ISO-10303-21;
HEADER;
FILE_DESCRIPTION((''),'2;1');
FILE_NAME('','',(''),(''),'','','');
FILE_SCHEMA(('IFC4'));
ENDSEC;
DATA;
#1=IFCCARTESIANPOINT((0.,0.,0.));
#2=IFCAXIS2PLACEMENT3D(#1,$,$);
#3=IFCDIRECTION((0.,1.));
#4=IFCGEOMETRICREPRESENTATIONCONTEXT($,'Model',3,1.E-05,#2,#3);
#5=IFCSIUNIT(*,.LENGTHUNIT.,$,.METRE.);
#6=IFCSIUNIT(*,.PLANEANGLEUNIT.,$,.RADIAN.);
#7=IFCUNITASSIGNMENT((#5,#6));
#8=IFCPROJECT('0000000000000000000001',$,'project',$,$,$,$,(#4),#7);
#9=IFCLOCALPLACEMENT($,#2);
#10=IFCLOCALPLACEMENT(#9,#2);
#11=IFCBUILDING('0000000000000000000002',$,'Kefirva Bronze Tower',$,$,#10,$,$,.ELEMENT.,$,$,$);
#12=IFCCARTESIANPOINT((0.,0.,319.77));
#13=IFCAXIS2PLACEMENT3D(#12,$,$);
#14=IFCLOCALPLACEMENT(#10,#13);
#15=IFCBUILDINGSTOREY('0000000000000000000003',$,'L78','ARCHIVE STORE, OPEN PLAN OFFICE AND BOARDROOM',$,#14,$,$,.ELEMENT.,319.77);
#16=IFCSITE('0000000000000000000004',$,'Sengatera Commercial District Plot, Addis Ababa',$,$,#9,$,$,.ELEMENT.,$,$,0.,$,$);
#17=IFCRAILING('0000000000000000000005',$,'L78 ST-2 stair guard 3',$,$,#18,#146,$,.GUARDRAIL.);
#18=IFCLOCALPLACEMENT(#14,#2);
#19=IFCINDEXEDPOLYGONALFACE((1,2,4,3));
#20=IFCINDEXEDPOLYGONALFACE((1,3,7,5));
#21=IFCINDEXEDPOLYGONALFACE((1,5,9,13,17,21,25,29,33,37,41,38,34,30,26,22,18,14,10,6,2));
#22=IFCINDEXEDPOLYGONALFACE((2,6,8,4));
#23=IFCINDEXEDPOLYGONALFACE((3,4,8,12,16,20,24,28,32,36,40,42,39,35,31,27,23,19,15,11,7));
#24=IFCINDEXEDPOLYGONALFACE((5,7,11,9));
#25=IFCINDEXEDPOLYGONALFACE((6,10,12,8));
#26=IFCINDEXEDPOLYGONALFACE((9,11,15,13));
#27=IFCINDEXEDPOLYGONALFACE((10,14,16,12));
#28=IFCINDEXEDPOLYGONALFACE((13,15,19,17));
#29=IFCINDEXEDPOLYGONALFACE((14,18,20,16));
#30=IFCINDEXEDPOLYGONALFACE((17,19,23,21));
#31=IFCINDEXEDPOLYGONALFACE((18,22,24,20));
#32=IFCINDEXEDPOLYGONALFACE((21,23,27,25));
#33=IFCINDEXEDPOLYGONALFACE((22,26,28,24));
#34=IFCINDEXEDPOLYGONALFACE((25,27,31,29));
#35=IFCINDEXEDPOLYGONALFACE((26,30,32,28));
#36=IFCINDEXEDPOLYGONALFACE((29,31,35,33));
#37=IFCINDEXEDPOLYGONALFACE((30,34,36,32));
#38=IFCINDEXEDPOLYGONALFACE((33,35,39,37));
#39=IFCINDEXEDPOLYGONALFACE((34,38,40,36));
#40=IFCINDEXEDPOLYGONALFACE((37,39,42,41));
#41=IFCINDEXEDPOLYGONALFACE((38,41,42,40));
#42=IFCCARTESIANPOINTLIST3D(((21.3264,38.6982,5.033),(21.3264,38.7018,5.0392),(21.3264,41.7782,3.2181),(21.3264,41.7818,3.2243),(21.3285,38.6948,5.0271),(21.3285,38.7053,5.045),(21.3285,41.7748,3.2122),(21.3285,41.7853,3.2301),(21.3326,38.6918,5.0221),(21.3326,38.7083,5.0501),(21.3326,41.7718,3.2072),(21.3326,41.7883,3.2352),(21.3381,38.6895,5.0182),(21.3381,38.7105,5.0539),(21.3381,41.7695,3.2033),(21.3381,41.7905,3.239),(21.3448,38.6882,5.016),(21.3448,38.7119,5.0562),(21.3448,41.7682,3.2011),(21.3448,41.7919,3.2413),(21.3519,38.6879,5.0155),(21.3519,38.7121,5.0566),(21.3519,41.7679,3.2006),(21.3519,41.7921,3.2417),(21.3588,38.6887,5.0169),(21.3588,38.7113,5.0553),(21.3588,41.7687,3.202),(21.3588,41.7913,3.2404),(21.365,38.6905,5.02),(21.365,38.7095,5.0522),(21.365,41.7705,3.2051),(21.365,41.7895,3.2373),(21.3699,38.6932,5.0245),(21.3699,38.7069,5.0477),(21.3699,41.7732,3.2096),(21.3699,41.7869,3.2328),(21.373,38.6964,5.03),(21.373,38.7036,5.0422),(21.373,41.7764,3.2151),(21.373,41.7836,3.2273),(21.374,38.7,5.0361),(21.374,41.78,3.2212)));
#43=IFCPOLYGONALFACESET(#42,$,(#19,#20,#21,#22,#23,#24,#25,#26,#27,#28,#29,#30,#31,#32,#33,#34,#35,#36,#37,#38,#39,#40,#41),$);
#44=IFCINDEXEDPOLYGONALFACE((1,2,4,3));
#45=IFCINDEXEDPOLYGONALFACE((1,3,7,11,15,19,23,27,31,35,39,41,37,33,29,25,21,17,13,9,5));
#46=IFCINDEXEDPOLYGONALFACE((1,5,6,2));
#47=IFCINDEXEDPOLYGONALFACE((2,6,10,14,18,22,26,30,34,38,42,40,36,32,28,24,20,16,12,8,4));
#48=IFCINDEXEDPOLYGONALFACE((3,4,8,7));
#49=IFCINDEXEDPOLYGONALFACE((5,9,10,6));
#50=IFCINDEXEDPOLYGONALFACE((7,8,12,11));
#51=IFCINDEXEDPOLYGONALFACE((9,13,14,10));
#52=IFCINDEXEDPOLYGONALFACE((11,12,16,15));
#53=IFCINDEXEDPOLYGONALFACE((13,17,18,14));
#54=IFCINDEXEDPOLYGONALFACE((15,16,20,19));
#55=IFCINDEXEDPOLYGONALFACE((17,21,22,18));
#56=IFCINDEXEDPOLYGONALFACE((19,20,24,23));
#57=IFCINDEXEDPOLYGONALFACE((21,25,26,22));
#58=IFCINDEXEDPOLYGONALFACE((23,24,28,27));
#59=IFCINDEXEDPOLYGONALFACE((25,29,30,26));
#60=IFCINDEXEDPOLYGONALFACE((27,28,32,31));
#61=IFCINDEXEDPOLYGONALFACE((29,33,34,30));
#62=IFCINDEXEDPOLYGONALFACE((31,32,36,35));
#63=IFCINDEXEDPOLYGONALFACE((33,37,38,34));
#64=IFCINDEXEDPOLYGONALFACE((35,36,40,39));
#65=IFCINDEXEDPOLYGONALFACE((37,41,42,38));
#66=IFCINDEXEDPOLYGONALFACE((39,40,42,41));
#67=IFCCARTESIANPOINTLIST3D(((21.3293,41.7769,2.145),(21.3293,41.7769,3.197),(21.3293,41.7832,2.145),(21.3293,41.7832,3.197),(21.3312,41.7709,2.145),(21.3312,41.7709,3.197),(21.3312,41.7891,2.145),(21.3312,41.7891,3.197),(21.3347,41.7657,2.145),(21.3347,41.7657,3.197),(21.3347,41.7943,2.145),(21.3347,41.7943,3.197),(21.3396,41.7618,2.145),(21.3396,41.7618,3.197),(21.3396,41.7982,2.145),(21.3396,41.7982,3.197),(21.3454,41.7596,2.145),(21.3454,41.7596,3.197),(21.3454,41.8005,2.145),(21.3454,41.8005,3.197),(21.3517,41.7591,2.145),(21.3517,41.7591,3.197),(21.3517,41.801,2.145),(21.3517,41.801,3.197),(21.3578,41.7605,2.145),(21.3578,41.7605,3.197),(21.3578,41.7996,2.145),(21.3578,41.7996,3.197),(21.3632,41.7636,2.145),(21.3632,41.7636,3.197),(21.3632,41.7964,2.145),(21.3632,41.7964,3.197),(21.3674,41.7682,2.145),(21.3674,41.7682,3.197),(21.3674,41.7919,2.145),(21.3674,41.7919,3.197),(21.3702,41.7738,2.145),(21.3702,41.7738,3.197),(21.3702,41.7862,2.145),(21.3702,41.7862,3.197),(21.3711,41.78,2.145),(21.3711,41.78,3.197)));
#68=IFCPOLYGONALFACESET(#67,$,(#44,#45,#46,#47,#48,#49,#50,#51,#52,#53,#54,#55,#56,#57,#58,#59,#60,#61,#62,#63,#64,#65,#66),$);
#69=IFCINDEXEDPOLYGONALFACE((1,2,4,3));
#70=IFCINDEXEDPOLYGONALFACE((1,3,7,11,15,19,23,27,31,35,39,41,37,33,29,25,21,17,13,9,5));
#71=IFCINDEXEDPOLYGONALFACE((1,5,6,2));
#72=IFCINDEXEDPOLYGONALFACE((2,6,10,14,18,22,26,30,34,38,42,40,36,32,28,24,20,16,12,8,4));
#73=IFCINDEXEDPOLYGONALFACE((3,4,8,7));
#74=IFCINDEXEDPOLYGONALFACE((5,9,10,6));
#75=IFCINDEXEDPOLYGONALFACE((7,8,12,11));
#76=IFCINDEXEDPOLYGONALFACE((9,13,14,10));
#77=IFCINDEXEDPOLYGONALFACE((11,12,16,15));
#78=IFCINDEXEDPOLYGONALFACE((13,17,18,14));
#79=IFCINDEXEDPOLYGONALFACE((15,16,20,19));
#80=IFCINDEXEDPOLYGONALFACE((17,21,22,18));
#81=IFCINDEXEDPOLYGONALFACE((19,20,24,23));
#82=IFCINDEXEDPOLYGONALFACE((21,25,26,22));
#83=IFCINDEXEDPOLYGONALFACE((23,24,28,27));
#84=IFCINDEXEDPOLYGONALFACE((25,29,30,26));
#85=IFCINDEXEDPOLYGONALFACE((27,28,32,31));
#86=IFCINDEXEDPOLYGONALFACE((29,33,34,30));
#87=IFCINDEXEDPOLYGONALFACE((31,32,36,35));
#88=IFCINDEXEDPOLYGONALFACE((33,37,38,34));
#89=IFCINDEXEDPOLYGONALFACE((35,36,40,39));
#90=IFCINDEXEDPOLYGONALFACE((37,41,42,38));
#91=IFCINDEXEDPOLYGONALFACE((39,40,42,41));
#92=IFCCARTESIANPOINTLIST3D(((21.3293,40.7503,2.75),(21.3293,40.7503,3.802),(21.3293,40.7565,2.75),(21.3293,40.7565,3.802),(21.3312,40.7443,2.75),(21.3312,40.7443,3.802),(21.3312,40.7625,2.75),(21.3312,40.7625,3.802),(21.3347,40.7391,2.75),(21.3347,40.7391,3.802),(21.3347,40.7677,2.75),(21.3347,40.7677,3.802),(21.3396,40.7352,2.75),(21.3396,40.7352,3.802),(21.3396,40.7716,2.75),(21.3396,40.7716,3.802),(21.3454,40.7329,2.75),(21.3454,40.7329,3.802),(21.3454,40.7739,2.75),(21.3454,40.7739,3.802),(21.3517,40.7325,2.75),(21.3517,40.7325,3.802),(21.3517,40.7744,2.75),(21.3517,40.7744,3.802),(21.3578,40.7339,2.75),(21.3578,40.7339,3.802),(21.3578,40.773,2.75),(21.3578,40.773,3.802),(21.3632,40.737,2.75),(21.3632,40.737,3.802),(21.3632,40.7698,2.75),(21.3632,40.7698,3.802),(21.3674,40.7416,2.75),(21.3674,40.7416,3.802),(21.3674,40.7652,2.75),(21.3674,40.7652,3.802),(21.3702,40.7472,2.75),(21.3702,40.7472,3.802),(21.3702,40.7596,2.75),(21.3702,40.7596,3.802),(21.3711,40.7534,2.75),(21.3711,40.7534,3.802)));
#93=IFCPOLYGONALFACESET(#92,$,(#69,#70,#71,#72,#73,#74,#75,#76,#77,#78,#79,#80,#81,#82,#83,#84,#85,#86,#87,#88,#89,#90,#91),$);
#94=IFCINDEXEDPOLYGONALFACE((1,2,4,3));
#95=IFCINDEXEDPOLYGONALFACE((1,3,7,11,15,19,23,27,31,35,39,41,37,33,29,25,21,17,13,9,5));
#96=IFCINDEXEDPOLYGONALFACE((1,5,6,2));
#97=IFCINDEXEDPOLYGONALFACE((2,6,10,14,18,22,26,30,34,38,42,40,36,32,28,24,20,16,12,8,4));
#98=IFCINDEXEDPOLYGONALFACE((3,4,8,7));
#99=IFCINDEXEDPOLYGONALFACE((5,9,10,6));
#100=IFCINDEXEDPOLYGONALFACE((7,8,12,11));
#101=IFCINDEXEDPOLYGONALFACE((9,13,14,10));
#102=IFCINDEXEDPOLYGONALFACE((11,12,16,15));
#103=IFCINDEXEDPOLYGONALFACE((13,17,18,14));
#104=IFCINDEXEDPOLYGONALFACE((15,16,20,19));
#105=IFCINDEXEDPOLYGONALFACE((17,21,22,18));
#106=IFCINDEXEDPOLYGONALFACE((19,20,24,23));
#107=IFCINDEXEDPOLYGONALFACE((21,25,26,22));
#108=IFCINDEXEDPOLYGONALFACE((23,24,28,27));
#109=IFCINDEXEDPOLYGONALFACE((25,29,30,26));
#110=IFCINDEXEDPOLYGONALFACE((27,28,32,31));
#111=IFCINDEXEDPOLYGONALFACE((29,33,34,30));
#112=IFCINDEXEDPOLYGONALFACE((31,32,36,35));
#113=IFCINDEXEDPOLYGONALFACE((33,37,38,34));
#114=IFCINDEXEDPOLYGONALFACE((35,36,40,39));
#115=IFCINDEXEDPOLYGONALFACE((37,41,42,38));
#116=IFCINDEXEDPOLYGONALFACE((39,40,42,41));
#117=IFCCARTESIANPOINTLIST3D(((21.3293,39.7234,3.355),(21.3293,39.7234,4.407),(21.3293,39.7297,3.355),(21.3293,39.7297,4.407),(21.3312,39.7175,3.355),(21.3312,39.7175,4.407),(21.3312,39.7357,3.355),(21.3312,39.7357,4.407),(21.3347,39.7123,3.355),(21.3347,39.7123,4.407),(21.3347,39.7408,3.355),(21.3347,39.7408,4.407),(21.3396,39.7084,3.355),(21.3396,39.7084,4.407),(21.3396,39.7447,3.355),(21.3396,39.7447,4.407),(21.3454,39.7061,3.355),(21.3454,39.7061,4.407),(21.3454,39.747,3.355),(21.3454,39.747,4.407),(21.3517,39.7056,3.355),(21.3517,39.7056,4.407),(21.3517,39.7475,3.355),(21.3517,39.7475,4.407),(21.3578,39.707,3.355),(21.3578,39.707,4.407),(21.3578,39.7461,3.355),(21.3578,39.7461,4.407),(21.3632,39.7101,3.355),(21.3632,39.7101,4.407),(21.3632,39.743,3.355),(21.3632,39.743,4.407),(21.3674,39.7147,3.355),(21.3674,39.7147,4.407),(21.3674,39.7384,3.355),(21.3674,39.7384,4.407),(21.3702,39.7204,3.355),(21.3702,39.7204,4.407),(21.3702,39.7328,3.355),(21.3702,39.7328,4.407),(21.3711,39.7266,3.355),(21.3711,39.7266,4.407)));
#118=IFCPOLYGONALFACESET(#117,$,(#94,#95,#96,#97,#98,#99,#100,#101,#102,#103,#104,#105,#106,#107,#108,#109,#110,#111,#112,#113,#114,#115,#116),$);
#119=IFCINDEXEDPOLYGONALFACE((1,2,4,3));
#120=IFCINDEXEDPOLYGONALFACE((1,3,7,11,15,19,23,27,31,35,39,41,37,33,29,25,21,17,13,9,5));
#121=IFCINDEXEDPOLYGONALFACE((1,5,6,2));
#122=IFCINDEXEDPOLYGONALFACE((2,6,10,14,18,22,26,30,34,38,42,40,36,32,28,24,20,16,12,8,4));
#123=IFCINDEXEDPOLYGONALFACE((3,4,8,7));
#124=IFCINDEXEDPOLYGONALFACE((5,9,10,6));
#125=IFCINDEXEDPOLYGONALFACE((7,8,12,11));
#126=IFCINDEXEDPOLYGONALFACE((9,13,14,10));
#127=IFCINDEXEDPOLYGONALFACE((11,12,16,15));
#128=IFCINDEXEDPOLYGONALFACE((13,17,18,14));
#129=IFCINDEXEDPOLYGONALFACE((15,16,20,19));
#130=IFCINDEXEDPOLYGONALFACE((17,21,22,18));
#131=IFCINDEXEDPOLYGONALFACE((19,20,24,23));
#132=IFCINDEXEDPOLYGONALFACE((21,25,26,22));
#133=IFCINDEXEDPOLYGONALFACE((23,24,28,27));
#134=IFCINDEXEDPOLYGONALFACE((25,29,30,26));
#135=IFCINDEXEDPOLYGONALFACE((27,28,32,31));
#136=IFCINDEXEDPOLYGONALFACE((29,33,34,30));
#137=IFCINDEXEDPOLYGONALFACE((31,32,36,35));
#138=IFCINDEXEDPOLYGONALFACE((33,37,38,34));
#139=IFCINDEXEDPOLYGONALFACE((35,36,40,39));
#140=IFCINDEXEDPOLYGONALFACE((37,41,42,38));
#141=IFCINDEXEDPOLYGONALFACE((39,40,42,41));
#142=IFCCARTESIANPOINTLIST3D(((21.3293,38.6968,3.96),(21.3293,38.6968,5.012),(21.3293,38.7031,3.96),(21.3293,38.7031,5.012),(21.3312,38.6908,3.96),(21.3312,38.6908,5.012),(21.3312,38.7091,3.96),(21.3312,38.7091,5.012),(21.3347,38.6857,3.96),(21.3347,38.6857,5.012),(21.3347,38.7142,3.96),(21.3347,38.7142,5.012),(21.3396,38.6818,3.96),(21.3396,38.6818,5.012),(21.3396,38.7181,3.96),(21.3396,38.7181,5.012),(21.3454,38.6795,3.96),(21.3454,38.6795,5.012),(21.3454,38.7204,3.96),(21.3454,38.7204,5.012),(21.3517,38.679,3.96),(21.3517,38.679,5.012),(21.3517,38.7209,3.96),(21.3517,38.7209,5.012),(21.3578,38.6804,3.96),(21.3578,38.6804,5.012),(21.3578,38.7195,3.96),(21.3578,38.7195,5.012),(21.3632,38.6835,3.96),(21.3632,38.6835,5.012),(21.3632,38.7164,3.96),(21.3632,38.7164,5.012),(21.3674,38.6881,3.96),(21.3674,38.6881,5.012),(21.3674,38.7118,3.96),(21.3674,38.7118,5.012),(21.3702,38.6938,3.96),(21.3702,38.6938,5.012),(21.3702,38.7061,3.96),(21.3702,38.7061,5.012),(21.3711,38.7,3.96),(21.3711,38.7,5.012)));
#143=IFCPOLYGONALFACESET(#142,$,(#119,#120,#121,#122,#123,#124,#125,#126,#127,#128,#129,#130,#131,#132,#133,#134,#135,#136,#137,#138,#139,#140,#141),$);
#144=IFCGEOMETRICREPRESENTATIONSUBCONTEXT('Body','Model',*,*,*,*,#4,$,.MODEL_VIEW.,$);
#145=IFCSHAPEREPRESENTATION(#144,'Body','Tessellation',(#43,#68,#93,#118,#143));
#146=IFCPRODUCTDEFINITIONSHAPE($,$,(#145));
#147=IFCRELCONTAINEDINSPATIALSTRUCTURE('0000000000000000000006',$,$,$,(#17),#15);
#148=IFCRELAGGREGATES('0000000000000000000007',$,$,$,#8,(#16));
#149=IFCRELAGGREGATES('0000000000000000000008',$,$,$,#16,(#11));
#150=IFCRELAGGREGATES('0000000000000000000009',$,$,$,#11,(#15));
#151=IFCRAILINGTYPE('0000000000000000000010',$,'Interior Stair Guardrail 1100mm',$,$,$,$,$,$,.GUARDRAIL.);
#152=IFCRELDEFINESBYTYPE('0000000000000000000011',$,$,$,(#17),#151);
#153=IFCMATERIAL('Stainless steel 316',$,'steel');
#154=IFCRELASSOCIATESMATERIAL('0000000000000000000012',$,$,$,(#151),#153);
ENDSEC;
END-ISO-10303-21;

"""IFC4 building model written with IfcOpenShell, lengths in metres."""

from ifc_helpers import new_model, si_unit, direction, frame, origin, origin_2d, place, context, subcontext, project, spatial, circle, extrude, material, type_object, element, save


model = new_model("IFC4")

# Units and contexts
model_context = context("Model", 3, precision=1e-05, world=origin(), true_north=direction((0.0, 1.0)))
body_context = subcontext(model_context, "Body", "Model", "MODEL_VIEW")
ifc_project = project(units=[si_unit("LENGTHUNIT", "METRE"), si_unit("PLANEANGLEUNIT", "RADIAN")], contexts=[model_context])

# Site, building, storey
site_placement = place(None, origin())
site = spatial("IfcSite", under=ifc_project, at=site_placement, Name="Sengatera Commercial District Plot, Addis Ababa", CompositionType="ELEMENT", RefElevation=0.0)
building_placement = place(site_placement, origin())
building = spatial("IfcBuilding", under=site, at=building_placement, Name="Kefirva Bronze Tower", CompositionType="ELEMENT")
storey_placement = place(building_placement, frame((0.0, 0.0, 319.77)))
storey = spatial("IfcBuildingStorey", under=building, at=storey_placement, Name="L78", Description="ARCHIVE STORE, OPEN PLAN OFFICE AND BOARDROOM", CompositionType="ELEMENT", Elevation=319.77)

# Railing
ifc_material_1 = material(Name="Stainless steel 316", Category="steel")
railing_type_1 = type_object("IfcRailingType", Name="Interior Stair Guardrail 1100mm", PredefinedType="GUARDRAIL", material=ifc_material_1)
railing_1_placement = place(storey_placement, frame((21.3501, 41.78, 2.145)))
element("IfcRailing", 1, at=railing_1_placement, inside=storey, type_object=railing_type_1, Name="L78 ST-2 stair guard 3", PredefinedType="GUARDRAIL", context=body_context, shape_type="SweptSolid", body=[
    extrude(circle(Radius=0.0239, at=origin_2d()), frame((0.0, 0.0, 1.0762), z_axis=(0.0, -0.861551, 0.507671), x_axis=(1.0, 0.0, 0.0)), (0.0, 0.0, 1.0), 3.575),
    extrude(circle(Radius=0.021, at=origin_2d()), origin(), (0.0, 0.0, 1.0), 1.052),
    extrude(circle(Radius=0.021, at=origin_2d()), frame((0.0, -1.0266, 0.605)), (0.0, 0.0, 1.0), 1.052),
    extrude(circle(Radius=0.021, at=origin_2d()), frame((0.0, -2.0535, 1.21)), (0.0, 0.0, 1.0), 1.052),
    extrude(circle(Radius=0.021, at=origin_2d()), frame((0.0, -3.0801, 1.8149)), (0.0, 0.0, 1.0), 1.052),
])

save(model, "model.ifc")
